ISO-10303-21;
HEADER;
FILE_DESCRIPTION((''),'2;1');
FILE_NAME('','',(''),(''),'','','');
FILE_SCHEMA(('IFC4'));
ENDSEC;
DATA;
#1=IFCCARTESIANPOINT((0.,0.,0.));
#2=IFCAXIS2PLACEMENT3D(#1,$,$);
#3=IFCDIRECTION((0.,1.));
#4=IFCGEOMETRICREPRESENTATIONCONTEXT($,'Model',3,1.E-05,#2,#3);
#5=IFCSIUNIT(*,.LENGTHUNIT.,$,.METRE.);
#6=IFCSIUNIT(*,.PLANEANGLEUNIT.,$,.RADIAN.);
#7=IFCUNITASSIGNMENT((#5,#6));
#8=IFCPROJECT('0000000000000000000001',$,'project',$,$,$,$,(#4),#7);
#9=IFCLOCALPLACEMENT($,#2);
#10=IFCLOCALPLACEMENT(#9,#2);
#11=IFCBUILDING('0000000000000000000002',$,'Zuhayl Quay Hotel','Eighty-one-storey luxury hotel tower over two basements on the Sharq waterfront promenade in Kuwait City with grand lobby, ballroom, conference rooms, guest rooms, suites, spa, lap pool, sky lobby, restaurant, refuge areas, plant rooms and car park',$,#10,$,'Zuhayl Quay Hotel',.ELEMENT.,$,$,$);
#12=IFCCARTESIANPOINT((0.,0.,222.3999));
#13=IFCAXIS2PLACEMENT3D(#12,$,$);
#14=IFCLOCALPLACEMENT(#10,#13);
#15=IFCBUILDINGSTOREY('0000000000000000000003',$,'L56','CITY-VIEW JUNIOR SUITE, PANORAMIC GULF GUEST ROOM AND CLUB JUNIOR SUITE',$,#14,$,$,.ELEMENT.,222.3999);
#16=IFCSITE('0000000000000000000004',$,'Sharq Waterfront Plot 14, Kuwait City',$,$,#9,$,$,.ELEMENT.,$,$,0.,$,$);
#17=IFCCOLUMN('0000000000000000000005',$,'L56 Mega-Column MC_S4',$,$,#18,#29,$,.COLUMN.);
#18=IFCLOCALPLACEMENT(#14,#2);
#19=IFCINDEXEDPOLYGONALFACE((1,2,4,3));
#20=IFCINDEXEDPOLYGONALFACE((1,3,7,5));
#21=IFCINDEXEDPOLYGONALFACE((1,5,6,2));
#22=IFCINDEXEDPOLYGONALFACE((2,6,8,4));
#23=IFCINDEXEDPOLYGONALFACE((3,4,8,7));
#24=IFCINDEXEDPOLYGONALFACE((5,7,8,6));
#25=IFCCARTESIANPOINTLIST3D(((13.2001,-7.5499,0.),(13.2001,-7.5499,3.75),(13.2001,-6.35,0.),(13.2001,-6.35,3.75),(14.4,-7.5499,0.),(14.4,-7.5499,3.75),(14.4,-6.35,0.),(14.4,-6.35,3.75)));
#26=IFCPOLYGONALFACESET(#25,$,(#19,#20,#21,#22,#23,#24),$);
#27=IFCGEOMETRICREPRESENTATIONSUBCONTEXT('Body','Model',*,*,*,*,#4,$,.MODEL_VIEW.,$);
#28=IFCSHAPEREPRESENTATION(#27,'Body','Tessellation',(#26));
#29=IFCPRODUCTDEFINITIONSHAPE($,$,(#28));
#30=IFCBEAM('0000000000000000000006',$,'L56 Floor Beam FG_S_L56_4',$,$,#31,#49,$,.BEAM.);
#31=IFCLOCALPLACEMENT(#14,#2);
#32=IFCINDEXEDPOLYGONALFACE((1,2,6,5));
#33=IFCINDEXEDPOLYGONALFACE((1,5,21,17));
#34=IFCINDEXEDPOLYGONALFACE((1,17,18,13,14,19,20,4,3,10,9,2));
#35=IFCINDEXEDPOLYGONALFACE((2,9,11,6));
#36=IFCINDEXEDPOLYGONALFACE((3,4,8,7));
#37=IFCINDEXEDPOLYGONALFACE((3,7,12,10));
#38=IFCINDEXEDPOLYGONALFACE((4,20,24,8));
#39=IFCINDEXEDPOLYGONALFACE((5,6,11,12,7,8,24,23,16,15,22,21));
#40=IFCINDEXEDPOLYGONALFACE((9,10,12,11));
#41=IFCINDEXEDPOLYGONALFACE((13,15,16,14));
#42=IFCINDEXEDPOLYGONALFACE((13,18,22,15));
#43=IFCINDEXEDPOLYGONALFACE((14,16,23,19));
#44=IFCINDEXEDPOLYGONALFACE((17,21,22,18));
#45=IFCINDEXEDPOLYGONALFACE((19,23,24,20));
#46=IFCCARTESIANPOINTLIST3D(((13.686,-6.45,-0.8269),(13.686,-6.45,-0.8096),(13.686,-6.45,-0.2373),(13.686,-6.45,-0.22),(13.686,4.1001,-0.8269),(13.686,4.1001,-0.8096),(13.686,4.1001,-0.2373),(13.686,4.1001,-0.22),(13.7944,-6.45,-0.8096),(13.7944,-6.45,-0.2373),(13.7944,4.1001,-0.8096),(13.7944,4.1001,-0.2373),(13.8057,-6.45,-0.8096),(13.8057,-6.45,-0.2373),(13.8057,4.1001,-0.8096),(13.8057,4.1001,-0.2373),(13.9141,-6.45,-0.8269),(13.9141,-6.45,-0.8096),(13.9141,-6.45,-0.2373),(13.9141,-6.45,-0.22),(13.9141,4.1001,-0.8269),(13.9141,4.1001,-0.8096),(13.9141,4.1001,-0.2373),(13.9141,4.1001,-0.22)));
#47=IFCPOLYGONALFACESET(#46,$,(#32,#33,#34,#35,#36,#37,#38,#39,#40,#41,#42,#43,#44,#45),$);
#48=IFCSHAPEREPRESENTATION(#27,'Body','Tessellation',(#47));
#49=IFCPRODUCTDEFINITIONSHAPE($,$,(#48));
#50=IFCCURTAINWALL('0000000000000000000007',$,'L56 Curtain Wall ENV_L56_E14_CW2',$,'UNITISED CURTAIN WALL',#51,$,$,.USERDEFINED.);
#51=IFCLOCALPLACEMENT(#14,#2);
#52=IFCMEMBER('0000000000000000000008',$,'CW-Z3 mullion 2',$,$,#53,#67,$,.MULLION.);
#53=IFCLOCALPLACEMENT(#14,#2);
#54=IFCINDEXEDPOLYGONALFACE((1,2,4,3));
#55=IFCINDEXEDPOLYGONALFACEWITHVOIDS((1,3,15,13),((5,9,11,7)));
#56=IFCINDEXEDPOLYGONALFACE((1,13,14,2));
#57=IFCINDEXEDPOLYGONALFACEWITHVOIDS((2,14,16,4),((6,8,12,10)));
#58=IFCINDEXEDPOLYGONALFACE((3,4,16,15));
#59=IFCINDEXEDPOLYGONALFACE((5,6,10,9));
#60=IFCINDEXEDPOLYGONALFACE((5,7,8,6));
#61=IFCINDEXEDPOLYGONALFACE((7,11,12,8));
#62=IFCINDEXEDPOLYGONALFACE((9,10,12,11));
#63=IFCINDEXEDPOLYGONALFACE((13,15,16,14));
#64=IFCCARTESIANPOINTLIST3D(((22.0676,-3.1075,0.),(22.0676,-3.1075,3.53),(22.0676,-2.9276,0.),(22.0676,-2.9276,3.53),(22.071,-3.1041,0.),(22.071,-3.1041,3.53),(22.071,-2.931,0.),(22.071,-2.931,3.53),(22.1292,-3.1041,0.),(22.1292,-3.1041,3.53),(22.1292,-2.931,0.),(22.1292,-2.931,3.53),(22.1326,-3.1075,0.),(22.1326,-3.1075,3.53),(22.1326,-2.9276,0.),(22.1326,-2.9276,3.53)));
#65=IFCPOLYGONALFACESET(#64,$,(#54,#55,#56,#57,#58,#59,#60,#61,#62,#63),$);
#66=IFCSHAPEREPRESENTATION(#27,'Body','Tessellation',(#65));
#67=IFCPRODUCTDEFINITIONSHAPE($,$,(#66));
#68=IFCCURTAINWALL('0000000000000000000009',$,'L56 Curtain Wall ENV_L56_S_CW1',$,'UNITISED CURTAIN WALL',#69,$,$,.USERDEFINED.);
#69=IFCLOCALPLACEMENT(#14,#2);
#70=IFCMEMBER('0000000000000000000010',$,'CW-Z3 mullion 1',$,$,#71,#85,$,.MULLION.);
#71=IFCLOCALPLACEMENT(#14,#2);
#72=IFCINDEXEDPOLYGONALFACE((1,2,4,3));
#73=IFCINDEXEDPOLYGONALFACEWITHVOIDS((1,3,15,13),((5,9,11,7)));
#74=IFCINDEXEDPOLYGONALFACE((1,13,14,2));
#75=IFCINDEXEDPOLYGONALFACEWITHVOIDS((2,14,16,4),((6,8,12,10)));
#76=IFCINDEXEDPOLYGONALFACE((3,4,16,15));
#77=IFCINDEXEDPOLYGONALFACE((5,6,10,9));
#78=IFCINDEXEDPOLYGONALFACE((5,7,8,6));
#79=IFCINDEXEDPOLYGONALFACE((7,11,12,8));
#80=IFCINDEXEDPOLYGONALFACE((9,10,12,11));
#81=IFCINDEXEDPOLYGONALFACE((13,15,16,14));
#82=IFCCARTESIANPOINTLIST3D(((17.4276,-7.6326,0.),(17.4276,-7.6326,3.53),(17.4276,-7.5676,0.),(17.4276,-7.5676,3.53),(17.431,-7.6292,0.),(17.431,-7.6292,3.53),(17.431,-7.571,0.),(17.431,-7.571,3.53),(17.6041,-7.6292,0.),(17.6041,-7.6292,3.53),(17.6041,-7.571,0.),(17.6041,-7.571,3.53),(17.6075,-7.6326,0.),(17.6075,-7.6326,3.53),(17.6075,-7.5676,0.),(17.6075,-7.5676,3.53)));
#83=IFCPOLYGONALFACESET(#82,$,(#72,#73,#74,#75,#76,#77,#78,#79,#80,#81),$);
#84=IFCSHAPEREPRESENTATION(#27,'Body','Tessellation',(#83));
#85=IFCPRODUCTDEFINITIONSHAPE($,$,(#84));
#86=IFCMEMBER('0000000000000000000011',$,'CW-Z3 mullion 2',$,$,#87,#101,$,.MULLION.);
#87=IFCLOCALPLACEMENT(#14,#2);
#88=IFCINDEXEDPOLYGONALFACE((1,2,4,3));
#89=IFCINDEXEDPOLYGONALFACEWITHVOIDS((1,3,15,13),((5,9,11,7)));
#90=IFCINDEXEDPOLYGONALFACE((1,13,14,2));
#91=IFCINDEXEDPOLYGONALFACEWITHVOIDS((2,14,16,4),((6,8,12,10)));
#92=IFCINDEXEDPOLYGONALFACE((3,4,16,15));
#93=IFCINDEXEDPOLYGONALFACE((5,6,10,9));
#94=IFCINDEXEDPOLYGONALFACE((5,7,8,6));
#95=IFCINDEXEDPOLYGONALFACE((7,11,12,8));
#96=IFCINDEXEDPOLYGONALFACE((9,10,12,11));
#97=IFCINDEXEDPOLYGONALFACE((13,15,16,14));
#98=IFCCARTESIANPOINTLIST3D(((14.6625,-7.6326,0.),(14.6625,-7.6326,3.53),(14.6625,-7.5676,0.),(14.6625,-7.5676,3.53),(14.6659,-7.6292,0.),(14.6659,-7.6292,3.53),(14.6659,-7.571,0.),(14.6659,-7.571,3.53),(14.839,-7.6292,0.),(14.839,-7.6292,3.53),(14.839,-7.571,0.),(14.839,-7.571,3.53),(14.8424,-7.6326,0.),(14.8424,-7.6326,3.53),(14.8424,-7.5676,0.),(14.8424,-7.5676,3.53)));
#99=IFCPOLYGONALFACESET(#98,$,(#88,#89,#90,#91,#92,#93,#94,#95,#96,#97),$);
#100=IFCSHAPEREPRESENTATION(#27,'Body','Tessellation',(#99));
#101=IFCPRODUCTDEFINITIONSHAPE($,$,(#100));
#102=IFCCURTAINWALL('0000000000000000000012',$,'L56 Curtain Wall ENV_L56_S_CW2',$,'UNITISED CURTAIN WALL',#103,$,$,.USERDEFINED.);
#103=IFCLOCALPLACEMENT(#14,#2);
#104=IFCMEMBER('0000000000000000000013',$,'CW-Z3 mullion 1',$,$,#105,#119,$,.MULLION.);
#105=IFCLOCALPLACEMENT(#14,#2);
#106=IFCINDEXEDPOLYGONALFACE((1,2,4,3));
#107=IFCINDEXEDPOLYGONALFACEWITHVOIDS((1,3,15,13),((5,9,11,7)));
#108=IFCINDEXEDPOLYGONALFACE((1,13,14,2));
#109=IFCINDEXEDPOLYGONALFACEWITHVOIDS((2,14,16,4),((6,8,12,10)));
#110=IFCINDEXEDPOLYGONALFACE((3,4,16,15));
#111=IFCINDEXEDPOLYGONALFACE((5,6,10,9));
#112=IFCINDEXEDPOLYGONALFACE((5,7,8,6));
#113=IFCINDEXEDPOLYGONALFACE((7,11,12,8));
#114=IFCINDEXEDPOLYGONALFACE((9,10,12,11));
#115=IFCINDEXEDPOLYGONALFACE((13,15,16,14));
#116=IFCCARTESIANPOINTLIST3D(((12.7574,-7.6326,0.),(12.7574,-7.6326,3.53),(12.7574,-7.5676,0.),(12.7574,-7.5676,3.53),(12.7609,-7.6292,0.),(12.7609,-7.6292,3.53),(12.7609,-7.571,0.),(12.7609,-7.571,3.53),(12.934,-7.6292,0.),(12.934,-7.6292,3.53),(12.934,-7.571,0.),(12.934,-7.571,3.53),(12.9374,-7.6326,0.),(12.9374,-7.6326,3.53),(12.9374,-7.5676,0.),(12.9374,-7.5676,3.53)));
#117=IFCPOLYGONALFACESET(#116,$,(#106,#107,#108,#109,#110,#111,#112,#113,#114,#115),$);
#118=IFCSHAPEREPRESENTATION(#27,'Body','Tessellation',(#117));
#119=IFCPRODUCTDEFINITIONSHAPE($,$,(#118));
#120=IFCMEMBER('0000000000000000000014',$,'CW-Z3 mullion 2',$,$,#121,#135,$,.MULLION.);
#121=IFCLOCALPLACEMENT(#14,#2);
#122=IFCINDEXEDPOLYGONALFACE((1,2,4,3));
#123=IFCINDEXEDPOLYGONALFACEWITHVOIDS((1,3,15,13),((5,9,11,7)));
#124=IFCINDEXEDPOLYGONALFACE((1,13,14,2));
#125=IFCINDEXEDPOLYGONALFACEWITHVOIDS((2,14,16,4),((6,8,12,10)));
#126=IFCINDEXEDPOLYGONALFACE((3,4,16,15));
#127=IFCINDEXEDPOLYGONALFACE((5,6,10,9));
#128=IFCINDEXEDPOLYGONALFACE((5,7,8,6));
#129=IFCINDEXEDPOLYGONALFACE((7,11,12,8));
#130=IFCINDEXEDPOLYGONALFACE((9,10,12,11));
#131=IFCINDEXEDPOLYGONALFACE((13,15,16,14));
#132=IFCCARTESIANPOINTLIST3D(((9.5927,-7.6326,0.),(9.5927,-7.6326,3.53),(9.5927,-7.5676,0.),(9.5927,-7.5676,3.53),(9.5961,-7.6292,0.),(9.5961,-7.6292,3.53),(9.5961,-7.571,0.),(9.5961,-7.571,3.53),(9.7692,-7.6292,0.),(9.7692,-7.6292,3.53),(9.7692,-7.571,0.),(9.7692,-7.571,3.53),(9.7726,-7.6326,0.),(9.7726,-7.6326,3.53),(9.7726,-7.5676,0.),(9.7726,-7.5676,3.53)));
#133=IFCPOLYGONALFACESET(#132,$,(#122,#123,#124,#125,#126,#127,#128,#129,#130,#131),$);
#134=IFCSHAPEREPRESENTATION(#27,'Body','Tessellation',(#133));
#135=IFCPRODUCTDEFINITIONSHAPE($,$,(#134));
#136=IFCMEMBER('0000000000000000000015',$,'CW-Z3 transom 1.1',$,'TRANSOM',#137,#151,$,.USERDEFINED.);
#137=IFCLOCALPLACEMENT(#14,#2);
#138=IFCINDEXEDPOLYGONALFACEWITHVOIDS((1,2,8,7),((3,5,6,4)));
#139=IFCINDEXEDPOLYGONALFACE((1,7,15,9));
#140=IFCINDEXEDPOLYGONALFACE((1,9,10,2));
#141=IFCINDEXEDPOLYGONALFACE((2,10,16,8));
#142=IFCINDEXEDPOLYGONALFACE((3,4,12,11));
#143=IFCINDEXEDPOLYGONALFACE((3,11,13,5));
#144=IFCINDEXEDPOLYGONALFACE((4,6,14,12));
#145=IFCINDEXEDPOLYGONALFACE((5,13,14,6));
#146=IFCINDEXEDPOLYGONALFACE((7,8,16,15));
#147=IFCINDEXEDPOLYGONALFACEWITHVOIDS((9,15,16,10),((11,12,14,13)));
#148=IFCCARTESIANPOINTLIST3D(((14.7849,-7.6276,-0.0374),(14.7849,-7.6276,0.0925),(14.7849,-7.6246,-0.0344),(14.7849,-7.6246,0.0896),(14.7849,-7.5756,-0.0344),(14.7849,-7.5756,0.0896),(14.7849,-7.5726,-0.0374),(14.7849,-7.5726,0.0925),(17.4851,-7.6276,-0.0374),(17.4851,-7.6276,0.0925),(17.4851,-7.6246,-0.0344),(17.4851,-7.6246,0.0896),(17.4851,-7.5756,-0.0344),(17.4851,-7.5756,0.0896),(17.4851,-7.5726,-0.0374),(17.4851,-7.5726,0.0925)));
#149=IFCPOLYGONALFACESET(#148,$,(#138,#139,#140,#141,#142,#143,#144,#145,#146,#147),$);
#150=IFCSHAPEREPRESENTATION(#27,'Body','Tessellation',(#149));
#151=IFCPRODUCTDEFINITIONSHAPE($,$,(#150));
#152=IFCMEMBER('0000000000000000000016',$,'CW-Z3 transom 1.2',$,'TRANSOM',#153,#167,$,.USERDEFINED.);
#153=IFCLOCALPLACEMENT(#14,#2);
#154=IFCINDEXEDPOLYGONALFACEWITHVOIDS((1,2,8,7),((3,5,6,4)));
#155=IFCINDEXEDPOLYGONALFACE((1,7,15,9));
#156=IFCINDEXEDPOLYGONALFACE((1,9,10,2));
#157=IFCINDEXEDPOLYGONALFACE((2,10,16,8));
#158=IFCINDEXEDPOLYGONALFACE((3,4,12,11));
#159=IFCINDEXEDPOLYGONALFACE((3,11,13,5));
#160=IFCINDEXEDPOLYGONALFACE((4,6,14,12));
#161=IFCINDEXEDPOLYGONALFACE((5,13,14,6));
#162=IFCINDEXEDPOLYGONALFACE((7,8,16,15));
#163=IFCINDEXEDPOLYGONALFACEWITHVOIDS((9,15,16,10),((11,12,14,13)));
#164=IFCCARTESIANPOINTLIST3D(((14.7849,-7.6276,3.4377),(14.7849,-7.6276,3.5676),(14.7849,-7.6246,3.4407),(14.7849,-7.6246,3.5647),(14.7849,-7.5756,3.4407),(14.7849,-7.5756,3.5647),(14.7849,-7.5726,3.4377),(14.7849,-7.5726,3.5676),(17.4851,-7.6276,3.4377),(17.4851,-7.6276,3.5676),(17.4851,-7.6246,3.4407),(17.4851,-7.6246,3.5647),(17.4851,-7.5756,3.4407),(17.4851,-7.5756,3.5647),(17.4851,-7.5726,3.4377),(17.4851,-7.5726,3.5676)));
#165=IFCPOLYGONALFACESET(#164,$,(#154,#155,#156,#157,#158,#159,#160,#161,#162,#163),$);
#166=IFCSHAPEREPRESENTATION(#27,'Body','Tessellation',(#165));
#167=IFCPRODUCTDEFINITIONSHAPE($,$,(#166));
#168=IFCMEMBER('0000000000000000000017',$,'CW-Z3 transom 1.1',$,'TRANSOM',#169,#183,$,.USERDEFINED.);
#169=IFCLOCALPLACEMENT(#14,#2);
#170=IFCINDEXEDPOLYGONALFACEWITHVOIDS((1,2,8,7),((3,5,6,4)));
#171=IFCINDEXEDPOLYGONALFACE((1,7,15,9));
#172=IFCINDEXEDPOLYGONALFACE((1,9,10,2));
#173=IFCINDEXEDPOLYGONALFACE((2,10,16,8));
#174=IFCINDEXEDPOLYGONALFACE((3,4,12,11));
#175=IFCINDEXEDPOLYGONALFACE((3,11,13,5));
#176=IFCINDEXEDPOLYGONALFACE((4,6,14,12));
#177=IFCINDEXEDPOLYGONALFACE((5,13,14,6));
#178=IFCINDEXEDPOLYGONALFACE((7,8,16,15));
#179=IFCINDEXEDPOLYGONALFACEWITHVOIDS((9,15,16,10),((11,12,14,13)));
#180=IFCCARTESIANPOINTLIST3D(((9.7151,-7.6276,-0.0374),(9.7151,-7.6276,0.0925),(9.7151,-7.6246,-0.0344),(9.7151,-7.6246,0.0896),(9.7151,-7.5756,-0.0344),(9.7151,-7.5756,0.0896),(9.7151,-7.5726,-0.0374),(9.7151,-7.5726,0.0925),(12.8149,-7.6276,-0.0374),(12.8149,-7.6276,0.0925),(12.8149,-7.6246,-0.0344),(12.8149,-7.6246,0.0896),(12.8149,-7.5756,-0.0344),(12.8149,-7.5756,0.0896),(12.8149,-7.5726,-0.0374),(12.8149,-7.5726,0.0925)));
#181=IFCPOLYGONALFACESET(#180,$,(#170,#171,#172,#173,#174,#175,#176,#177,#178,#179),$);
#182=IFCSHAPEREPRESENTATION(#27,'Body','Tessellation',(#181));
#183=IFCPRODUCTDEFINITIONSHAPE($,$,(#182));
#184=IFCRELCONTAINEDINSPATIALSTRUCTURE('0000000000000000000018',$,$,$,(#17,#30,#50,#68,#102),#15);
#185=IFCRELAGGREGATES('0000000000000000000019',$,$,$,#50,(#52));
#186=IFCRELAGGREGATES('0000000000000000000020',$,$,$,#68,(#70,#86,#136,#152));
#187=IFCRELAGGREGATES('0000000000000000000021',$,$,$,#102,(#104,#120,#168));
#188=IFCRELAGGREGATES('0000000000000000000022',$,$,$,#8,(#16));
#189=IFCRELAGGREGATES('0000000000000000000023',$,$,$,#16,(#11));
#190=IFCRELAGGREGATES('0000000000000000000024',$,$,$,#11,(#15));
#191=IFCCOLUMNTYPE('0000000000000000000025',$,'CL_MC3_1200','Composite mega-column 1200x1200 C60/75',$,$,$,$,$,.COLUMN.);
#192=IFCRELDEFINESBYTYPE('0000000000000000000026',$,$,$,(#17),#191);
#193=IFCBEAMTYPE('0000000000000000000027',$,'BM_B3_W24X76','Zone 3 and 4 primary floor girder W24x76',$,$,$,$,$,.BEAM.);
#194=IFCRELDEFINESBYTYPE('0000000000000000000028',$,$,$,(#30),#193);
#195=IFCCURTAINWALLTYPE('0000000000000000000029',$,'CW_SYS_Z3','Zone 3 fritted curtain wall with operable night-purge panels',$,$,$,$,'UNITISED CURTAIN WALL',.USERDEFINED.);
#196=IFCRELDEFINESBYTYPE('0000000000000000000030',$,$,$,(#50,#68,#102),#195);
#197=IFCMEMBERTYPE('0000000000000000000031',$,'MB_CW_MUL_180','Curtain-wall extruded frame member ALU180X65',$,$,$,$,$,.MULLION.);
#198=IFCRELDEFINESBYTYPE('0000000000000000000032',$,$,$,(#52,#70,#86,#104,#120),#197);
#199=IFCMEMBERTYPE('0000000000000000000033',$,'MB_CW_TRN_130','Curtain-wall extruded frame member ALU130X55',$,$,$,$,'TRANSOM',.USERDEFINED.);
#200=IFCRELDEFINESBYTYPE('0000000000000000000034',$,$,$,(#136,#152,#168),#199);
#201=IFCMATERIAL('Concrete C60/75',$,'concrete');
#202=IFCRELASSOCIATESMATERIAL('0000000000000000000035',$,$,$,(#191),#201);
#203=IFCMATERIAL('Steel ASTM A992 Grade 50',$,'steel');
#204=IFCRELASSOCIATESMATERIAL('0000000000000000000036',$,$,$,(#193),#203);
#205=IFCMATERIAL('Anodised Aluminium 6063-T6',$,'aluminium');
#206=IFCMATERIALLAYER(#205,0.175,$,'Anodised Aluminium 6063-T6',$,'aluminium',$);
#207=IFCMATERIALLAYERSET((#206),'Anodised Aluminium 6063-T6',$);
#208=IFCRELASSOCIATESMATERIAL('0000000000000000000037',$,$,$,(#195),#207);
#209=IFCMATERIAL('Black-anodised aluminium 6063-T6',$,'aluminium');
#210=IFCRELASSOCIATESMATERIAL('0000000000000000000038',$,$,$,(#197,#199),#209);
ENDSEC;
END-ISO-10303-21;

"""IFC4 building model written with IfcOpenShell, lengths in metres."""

from ifc_helpers import new_model, si_unit, direction, frame, origin, origin_2d, place, context, subcontext, project, spatial, rectangle, hollow_rectangle, i_section, extrude, material, layer, layer_set, material_profile, profile_set, type_object, element, aggregate, save


model = new_model("IFC4")

# Units and contexts
model_context = context("Model", 3, precision=1e-05, world=origin(), true_north=direction((0.0, 1.0)))
body_context = subcontext(model_context, "Body", "Model", "MODEL_VIEW")
ifc_project = project(units=[si_unit("LENGTHUNIT", "METRE"), si_unit("PLANEANGLEUNIT", "RADIAN")], contexts=[model_context])

# Site, building, storey
site_placement = place(None, origin())
site = spatial("IfcSite", under=ifc_project, at=site_placement, Name="Sharq Waterfront Plot 14, Kuwait City", CompositionType="ELEMENT", RefElevation=0.0)
building_placement = place(site_placement, origin())
building = spatial("IfcBuilding", under=site, at=building_placement, Name="Zuhayl Quay Hotel", Description="Eighty-one-storey luxury hotel tower over two basements on the Sharq waterfront promenade in Kuwait City with grand lobby, ballroom, conference rooms, guest rooms, suites, spa, lap pool, sky lobby, restaurant, refuge areas, plant rooms and car park", LongName="Zuhayl Quay Hotel", CompositionType="ELEMENT")
storey_placement = place(building_placement, frame((0.0, 0.0, 222.3999)))
storey = spatial("IfcBuildingStorey", under=building, at=storey_placement, Name="L56", Description="CITY-VIEW JUNIOR SUITE, PANORAMIC GULF GUEST ROOM AND CLUB JUNIOR SUITE", CompositionType="ELEMENT", Elevation=222.3999)

# Column
ifc_material_1 = material(Name="Concrete C60/75", Category="concrete")
ifc_material_profile_1 = material_profile(ifc_material_1, rectangle(XDim=1.2, YDim=1.2, at=origin_2d()), Name="RC1200X1200")
ifc_profile_set_1 = profile_set([ifc_material_profile_1], Name="Concrete C60/75")
column_type = type_object("IfcColumnType", Name="CL_MC3_1200", Description="Composite mega-column 1200x1200 C60/75", PredefinedType="COLUMN", material=ifc_profile_set_1)
column_placement = place(storey_placement, frame((13.8, -6.95, 0.0), z_axis=(0.0, 0.0, 1.0), x_axis=(1.0, 0.0, 0.0)))
element("IfcColumn", 1, at=column_placement, inside=storey, type_object=column_type, Name="L56 Mega-Column MC_S4", PredefinedType="COLUMN", context=body_context, shape_type="SweptSolid", body=[
    extrude(rectangle(XDim=1.2, YDim=1.2, at=origin_2d()), origin(), (0.0, 0.0, 1.0), 3.75),
])

# Beam
ifc_material_2 = material(Name="Steel ASTM A992 Grade 50", Category="steel")
ifc_material_profile_2 = material_profile(ifc_material_2, i_section(OverallWidth=0.228, OverallDepth=0.6069, WebThickness=0.0112, FlangeThickness=0.0173, at=origin_2d()), Name="W24X76")
ifc_profile_set_2 = profile_set([ifc_material_profile_2], Name="Steel ASTM A992 Grade 50")
beam_type = type_object("IfcBeamType", Name="BM_B3_W24X76", Description="Zone 3 and 4 primary floor girder W24x76", PredefinedType="BEAM", material=ifc_profile_set_2)
beam_placement = place(storey_placement, frame((13.8, -6.45, -0.5234), z_axis=(0.0, 1.0, 0.0), x_axis=(-1.0, 0.0, 0.0)))
element("IfcBeam", 2, at=beam_placement, inside=storey, type_object=beam_type, Name="L56 Floor Beam FG_S_L56_4", PredefinedType="BEAM", context=body_context, shape_type="SweptSolid", body=[
    extrude(i_section(OverallWidth=0.228, OverallDepth=0.6069, WebThickness=0.0112, FlangeThickness=0.0173, at=origin_2d()), origin(), (0.0, 0.0, 1.0), 10.55),
])

# Curtain wall, member
ifc_material_3 = material(Name="Anodised Aluminium 6063-T6", Category="aluminium")
ifc_layer_1 = layer(ifc_material_3, 0.175, Name="Anodised Aluminium 6063-T6", Category="aluminium")
ifc_layer_set_1 = layer_set([ifc_layer_1], Name="Anodised Aluminium 6063-T6")
curtain_wall_type = type_object("IfcCurtainWallType", Name="CW_SYS_Z3", Description="Zone 3 fritted curtain wall with operable night-purge panels", ElementType="UNITISED CURTAIN WALL", PredefinedType="USERDEFINED", material=ifc_layer_set_1)
curtain_wall_1_placement = place(storey_placement, origin())
curtain_wall_1 = element("IfcCurtainWall", 3, at=curtain_wall_1_placement, inside=storey, type_object=curtain_wall_type, Name="L56 Curtain Wall ENV_L56_E14_CW2", ObjectType="UNITISED CURTAIN WALL", PredefinedType="USERDEFINED")
ifc_material_4 = material(Name="Black-anodised aluminium 6063-T6", Category="aluminium")
ifc_material_profile_3 = material_profile(ifc_material_4, hollow_rectangle(XDim=0.0649, YDim=0.1799, WallThickness=0.0034, at=origin_2d()), Name="ALU180X65")
ifc_profile_set_3 = profile_set([ifc_material_profile_3], Name="Black-anodised aluminium 6063-T6")
member_type_1 = type_object("IfcMemberType", Name="MB_CW_MUL_180", Description="Curtain-wall extruded frame member ALU180X65", PredefinedType="MULLION", material=ifc_profile_set_3)
member_1_placement = place(storey_placement, frame((22.1001, -3.0176, 0.0), z_axis=(0.0, 0.0, 1.0), x_axis=(1.0, 0.0, 0.0)))
member_1 = element("IfcMember", 4, at=member_1_placement, type_object=member_type_1, Name="CW-Z3 mullion 2", PredefinedType="MULLION", context=body_context, shape_type="SweptSolid", body=[
    extrude(hollow_rectangle(XDim=0.0649, YDim=0.1799, WallThickness=0.0034, at=origin_2d()), origin(), (0.0, 0.0, 1.0), 3.53),
])

# Curtain walls, members
curtain_wall_2_placement = place(storey_placement, origin())
curtain_wall_2 = element("IfcCurtainWall", 5, at=curtain_wall_2_placement, inside=storey, type_object=curtain_wall_type, Name="L56 Curtain Wall ENV_L56_S_CW1", ObjectType="UNITISED CURTAIN WALL", PredefinedType="USERDEFINED")
member_2_placement = place(storey_placement, frame((17.5176, -7.6001, 0.0), z_axis=(0.0, 0.0, 1.0), x_axis=(0.0, -1.0, 0.0)))
member_2 = element("IfcMember", 6, at=member_2_placement, type_object=member_type_1, Name="CW-Z3 mullion 1", PredefinedType="MULLION", context=body_context, shape_type="SweptSolid", body=[
    extrude(hollow_rectangle(XDim=0.0649, YDim=0.1799, WallThickness=0.0034, at=origin_2d()), origin(), (0.0, 0.0, 1.0), 3.53),
])
member_3_placement = place(storey_placement, frame((14.7524, -7.6001, 0.0), z_axis=(0.0, 0.0, 1.0), x_axis=(0.0, -1.0, 0.0)))
member_3 = element("IfcMember", 7, at=member_3_placement, type_object=member_type_1, Name="CW-Z3 mullion 2", PredefinedType="MULLION", context=body_context, shape_type="SweptSolid", body=[
    extrude(hollow_rectangle(XDim=0.0649, YDim=0.1799, WallThickness=0.0034, at=origin_2d()), origin(), (0.0, 0.0, 1.0), 3.53),
])
curtain_wall_3_placement = place(storey_placement, origin())
curtain_wall_3 = element("IfcCurtainWall", 8, at=curtain_wall_3_placement, inside=storey, type_object=curtain_wall_type, Name="L56 Curtain Wall ENV_L56_S_CW2", ObjectType="UNITISED CURTAIN WALL", PredefinedType="USERDEFINED")
member_4_placement = place(storey_placement, frame((12.8474, -7.6001, 0.0), z_axis=(0.0, 0.0, 1.0), x_axis=(0.0, -1.0, 0.0)))
member_4 = element("IfcMember", 9, at=member_4_placement, type_object=member_type_1, Name="CW-Z3 mullion 1", PredefinedType="MULLION", context=body_context, shape_type="SweptSolid", body=[
    extrude(hollow_rectangle(XDim=0.0649, YDim=0.1799, WallThickness=0.0034, at=origin_2d()), origin(), (0.0, 0.0, 1.0), 3.53),
])
member_5_placement = place(storey_placement, frame((9.6826, -7.6001, 0.0), z_axis=(0.0, 0.0, 1.0), x_axis=(0.0, -1.0, 0.0)))
member_5 = element("IfcMember", 10, at=member_5_placement, type_object=member_type_1, Name="CW-Z3 mullion 2", PredefinedType="MULLION", context=body_context, shape_type="SweptSolid", body=[
    extrude(hollow_rectangle(XDim=0.0649, YDim=0.1799, WallThickness=0.0034, at=origin_2d()), origin(), (0.0, 0.0, 1.0), 3.53),
])

# Members
ifc_material_profile_4 = material_profile(ifc_material_4, hollow_rectangle(XDim=0.0549, YDim=0.1299, WallThickness=0.0029, at=origin_2d()), Name="ALU130X55")
ifc_profile_set_4 = profile_set([ifc_material_profile_4], Name="Black-anodised aluminium 6063-T6")
member_type_2 = type_object("IfcMemberType", Name="MB_CW_TRN_130", Description="Curtain-wall extruded frame member ALU130X55", ElementType="TRANSOM", PredefinedType="USERDEFINED", material=ifc_profile_set_4)
member_6_placement = place(storey_placement, frame((17.4851, -7.6001, 0.0276), z_axis=(-1.0, 0.0, 0.0), x_axis=(0.0, -1.0, 0.0)))
member_6 = element("IfcMember", 11, at=member_6_placement, type_object=member_type_2, Name="CW-Z3 transom 1.1", ObjectType="TRANSOM", PredefinedType="USERDEFINED", context=body_context, shape_type="SweptSolid", body=[
    extrude(hollow_rectangle(XDim=0.0549, YDim=0.1299, WallThickness=0.0029, at=origin_2d()), origin(), (0.0, 0.0, 1.0), 2.7002),
])
member_7_placement = place(storey_placement, frame((17.4851, -7.6001, 3.5027), z_axis=(-1.0, 0.0, 0.0), x_axis=(0.0, -1.0, 0.0)))
member_7 = element("IfcMember", 12, at=member_7_placement, type_object=member_type_2, Name="CW-Z3 transom 1.2", ObjectType="TRANSOM", PredefinedType="USERDEFINED", context=body_context, shape_type="SweptSolid", body=[
    extrude(hollow_rectangle(XDim=0.0549, YDim=0.1299, WallThickness=0.0029, at=origin_2d()), origin(), (0.0, 0.0, 1.0), 2.7002),
])
member_8_placement = place(storey_placement, frame((12.8149, -7.6001, 0.0276), z_axis=(-1.0, 0.0, 0.0), x_axis=(0.0, -1.0, 0.0)))
member_8 = element("IfcMember", 13, at=member_8_placement, type_object=member_type_2, Name="CW-Z3 transom 1.1", ObjectType="TRANSOM", PredefinedType="USERDEFINED", context=body_context, shape_type="SweptSolid", body=[
    extrude(hollow_rectangle(XDim=0.0549, YDim=0.1299, WallThickness=0.0029, at=origin_2d()), origin(), (0.0, 0.0, 1.0), 3.0999),
])

aggregate(curtain_wall_1, [member_1])
aggregate(curtain_wall_2, [member_2, member_3, member_6, member_7])
aggregate(curtain_wall_3, [member_4, member_5, member_8])

save(model, "model.ifc")
